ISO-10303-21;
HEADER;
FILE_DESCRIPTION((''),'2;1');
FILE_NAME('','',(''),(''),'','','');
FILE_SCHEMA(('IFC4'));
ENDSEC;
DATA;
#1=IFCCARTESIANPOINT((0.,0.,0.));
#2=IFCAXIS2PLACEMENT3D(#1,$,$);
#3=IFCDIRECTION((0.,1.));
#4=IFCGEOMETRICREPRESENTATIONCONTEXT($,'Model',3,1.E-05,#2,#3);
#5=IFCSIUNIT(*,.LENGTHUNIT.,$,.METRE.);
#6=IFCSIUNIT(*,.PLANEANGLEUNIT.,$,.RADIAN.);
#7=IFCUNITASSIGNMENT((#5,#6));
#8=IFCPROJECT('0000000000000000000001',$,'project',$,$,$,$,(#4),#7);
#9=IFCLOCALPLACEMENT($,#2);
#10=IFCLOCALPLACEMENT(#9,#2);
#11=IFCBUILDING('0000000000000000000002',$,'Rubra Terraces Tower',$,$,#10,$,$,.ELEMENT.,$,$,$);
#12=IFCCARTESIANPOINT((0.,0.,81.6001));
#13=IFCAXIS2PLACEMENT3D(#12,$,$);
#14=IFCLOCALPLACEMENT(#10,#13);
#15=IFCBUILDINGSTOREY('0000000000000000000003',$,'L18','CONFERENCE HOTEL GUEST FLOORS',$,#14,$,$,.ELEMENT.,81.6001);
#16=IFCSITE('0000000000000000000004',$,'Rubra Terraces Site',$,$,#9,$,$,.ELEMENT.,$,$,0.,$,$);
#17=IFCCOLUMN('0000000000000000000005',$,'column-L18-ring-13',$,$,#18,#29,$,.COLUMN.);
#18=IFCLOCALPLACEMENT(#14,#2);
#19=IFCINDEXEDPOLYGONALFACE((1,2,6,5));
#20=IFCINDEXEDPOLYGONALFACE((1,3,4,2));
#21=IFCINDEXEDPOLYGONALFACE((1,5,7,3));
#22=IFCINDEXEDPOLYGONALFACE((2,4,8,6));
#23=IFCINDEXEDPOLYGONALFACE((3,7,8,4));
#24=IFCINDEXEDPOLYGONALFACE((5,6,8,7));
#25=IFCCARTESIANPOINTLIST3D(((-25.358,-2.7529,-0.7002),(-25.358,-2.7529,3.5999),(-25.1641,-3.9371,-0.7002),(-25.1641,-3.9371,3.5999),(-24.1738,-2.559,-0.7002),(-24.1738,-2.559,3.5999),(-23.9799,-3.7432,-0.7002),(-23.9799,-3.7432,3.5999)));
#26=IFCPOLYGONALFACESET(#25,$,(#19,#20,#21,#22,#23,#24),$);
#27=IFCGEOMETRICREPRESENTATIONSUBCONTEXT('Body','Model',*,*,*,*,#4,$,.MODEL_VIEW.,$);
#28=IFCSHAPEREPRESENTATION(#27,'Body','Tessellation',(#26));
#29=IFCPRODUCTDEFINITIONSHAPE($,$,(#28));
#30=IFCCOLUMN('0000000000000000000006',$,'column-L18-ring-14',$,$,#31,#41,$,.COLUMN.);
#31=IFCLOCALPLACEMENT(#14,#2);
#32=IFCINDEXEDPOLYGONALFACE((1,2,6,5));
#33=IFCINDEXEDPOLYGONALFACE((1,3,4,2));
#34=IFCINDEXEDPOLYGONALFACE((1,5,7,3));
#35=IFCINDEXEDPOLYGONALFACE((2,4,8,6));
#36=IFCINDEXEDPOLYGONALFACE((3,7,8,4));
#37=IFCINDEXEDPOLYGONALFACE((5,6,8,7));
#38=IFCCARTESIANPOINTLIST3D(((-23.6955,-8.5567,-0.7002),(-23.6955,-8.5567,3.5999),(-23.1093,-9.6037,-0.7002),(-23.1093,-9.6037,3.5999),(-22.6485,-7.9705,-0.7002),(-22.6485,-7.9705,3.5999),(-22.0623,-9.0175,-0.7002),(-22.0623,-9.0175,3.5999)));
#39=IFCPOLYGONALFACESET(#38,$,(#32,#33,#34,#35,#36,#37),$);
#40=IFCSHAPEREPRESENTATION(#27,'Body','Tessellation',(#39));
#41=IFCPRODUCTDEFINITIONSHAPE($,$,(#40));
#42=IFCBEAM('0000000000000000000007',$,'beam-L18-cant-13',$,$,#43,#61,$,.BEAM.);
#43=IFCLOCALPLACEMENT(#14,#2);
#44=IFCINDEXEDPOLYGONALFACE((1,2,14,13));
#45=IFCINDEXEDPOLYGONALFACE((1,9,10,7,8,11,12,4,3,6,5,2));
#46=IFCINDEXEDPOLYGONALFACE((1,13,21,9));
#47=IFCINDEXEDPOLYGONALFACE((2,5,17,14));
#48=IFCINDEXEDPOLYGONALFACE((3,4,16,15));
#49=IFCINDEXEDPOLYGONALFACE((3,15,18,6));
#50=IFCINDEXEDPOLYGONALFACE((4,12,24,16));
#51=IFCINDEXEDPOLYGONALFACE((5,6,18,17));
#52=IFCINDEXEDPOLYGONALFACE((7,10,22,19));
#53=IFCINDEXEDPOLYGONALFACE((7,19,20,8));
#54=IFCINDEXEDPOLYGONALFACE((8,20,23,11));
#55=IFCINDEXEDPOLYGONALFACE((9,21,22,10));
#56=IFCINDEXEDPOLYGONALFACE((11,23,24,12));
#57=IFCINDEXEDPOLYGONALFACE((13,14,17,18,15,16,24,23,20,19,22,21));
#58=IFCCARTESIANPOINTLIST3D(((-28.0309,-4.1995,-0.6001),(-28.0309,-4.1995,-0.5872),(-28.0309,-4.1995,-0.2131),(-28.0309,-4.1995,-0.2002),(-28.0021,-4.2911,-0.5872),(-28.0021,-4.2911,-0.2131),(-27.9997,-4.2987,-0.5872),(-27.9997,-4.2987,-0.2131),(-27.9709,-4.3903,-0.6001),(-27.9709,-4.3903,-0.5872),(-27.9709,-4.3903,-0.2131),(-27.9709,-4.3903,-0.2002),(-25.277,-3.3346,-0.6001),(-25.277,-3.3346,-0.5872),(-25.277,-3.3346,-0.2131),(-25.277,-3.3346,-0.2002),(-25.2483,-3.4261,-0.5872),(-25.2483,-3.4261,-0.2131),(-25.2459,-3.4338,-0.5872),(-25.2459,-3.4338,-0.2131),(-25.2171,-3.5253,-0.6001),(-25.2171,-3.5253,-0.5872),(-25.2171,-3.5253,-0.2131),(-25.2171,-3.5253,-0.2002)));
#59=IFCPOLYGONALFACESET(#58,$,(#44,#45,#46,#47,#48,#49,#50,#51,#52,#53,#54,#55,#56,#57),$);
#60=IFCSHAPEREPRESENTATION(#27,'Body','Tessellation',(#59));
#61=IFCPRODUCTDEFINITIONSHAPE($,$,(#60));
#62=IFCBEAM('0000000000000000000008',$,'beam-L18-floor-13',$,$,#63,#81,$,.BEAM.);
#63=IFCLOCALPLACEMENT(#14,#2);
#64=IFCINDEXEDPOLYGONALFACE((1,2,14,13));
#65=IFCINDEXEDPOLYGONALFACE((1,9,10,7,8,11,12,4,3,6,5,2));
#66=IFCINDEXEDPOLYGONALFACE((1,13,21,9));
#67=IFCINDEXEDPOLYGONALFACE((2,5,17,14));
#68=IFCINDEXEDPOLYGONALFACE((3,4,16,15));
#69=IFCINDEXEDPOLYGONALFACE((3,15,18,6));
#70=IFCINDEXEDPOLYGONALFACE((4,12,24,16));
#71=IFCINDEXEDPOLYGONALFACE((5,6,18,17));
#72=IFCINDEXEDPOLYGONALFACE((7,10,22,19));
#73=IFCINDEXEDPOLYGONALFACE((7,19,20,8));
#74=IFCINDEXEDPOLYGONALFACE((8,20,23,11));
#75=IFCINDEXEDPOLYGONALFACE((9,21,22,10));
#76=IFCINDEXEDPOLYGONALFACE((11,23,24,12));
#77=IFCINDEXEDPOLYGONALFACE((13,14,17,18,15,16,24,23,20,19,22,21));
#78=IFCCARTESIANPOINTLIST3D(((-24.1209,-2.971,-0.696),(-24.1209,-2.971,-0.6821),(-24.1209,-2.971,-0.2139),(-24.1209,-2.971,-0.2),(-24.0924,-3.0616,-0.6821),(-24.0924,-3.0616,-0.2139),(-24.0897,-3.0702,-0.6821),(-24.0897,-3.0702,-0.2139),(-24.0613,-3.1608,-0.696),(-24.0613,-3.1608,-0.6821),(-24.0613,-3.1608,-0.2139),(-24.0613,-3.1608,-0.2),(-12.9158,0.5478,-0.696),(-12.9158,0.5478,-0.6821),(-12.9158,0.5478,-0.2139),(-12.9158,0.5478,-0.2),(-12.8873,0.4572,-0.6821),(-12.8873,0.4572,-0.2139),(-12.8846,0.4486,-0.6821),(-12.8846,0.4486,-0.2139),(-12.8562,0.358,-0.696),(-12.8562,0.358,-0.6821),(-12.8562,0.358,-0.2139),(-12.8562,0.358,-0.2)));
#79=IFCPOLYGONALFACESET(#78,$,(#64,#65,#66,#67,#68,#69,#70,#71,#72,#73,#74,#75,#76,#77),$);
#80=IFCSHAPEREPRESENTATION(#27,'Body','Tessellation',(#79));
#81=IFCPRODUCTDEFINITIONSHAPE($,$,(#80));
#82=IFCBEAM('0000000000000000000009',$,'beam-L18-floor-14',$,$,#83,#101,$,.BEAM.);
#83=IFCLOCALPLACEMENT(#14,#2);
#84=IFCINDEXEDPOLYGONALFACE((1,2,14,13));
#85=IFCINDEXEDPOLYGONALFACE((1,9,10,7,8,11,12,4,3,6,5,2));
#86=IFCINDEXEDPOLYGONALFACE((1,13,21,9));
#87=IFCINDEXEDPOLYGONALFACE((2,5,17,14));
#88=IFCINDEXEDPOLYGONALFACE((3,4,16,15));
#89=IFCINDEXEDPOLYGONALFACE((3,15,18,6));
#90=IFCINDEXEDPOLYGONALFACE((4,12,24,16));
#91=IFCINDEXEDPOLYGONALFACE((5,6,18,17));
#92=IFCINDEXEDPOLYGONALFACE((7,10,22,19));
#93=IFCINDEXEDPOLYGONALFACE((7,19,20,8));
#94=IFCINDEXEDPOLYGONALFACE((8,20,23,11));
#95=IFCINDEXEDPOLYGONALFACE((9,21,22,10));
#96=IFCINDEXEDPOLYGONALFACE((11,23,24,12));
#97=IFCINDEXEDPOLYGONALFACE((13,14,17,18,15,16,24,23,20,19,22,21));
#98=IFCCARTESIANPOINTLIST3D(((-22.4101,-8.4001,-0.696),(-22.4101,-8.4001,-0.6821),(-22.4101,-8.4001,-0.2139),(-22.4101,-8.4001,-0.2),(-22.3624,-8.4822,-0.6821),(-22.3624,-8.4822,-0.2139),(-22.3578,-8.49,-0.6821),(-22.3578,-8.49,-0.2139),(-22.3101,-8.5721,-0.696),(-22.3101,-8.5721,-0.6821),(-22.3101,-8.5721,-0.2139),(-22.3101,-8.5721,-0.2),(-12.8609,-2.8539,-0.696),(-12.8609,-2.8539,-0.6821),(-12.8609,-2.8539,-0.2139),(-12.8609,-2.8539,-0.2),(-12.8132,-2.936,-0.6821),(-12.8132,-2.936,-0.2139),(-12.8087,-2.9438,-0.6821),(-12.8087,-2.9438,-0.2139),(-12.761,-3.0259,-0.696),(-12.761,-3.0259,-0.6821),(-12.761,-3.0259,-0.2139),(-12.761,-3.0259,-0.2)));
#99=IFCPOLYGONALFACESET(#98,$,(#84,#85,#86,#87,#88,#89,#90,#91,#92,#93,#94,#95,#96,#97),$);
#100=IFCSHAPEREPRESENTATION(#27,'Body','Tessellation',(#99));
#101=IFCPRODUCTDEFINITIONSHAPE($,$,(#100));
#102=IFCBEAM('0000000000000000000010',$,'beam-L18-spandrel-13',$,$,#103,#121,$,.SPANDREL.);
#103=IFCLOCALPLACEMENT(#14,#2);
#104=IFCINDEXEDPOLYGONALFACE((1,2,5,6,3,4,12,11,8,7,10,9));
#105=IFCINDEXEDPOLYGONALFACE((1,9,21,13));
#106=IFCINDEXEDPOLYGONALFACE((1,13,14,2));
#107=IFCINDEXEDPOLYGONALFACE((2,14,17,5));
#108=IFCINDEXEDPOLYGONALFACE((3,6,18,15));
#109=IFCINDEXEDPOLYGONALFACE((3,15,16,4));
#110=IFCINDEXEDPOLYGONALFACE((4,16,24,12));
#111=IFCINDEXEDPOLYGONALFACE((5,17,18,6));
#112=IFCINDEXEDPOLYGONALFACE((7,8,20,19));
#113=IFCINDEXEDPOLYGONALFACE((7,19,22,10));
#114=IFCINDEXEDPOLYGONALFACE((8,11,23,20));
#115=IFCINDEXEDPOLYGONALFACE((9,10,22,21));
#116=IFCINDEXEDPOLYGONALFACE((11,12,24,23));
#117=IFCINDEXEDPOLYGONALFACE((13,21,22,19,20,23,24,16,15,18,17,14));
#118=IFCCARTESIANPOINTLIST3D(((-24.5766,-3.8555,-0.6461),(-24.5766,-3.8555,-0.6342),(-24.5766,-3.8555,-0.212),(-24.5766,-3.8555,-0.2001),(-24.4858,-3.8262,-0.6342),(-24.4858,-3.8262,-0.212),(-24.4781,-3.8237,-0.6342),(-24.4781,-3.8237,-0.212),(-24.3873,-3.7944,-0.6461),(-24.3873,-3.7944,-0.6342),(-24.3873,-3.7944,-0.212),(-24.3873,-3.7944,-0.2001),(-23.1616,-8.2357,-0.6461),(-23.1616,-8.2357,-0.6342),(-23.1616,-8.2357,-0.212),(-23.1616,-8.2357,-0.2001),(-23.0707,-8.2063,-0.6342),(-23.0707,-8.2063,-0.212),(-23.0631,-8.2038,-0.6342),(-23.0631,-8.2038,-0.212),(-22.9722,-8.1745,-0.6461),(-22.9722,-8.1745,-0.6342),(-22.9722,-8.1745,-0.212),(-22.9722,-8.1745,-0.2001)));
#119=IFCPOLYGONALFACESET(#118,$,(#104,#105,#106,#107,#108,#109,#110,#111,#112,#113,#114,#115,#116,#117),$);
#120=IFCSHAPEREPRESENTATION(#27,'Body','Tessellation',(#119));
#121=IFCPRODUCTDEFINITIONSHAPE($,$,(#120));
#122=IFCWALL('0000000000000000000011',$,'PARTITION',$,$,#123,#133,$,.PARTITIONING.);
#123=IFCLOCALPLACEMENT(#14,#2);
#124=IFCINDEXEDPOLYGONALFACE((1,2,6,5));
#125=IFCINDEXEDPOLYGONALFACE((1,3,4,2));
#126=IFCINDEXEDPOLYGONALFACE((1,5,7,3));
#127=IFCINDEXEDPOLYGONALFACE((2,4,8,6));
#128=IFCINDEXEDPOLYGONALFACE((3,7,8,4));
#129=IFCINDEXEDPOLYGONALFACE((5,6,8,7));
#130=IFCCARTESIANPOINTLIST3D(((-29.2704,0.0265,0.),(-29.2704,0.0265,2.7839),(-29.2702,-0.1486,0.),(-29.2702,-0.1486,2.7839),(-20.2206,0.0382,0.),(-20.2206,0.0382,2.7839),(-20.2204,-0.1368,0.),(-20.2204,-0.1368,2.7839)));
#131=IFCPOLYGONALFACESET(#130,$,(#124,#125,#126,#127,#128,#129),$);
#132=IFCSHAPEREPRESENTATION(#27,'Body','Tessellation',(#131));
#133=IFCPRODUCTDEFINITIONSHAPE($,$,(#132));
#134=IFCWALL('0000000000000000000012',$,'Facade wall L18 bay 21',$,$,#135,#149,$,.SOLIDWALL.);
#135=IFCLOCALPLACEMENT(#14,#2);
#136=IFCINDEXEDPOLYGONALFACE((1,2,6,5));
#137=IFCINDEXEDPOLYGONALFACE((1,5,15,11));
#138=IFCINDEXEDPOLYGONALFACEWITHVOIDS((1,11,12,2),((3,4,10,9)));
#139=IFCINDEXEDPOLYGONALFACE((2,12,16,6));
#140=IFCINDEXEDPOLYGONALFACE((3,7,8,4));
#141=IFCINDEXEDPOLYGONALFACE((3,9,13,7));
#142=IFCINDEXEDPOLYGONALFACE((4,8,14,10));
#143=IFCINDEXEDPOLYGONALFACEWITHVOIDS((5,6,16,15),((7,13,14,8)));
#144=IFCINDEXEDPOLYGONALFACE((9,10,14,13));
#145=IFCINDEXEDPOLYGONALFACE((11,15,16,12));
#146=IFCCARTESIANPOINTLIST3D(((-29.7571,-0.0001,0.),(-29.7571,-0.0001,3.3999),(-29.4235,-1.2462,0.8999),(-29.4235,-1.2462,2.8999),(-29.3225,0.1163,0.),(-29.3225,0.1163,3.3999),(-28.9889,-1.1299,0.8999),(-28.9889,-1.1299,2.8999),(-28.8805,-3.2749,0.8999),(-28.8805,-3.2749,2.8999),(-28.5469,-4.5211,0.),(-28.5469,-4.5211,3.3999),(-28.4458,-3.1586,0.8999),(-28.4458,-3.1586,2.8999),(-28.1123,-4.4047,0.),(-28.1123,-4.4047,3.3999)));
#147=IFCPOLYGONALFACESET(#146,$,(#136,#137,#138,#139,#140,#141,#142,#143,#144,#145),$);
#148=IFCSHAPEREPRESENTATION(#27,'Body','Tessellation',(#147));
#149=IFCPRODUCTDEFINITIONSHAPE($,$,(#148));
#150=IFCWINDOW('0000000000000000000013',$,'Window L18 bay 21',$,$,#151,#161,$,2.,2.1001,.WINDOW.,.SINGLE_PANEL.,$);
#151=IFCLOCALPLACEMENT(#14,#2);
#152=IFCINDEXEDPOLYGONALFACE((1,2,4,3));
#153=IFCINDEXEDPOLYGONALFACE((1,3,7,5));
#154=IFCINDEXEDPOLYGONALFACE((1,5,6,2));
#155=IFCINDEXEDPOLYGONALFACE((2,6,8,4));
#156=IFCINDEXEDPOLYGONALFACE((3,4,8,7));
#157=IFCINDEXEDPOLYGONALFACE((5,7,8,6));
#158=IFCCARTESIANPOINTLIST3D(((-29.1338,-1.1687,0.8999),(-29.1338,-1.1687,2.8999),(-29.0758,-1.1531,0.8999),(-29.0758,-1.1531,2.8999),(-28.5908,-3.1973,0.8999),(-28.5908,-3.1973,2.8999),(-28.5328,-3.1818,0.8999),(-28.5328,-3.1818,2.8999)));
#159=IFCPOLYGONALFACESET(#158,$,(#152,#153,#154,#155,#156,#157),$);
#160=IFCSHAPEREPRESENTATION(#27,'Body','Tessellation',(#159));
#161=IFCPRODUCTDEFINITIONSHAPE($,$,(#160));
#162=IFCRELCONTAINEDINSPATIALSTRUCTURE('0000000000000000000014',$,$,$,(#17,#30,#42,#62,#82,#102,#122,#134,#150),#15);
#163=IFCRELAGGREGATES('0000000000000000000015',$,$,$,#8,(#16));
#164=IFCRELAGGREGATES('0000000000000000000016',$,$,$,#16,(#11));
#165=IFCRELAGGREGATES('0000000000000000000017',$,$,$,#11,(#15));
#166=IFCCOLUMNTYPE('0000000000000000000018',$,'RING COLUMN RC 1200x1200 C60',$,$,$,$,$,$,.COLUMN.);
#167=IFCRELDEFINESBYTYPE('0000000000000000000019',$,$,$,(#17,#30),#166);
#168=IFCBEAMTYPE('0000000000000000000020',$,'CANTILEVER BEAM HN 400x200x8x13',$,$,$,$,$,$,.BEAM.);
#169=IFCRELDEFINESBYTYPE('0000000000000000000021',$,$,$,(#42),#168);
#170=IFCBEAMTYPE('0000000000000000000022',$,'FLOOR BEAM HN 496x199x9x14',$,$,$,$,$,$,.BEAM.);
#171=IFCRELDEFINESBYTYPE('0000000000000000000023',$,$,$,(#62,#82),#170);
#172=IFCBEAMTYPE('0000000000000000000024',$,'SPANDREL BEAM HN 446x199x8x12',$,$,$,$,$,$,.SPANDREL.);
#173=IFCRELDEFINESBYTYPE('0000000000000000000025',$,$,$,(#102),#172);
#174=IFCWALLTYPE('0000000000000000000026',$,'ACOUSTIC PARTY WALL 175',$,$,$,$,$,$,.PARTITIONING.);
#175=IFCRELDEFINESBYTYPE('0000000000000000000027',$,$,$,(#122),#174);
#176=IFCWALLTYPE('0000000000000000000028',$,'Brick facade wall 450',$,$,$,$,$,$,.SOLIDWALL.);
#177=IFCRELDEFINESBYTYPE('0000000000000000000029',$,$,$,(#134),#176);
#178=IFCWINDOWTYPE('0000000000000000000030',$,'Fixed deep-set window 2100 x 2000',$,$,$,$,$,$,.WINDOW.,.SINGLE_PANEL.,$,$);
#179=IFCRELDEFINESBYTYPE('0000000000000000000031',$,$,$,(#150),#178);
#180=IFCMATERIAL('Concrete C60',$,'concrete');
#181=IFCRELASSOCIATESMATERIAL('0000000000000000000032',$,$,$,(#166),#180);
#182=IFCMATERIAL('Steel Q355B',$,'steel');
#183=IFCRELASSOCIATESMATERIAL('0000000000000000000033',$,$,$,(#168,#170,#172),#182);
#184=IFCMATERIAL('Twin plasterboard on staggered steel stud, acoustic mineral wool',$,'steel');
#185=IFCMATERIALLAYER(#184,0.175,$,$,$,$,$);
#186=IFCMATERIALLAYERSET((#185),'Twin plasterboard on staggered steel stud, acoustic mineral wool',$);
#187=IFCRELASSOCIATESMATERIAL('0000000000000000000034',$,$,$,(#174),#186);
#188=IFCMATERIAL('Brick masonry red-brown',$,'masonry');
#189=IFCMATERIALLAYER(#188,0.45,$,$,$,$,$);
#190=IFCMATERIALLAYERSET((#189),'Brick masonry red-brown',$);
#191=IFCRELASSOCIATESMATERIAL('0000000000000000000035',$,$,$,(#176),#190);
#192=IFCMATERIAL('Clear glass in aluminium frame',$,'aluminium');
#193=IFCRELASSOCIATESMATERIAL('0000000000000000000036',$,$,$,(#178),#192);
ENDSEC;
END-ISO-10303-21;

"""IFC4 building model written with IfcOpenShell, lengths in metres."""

from ifc_helpers import new_model, si_unit, direction, frame, frame_2d, origin, origin_2d, place, context, subcontext, project, spatial, rectangle, i_section, extrude, material, layer, layer_set, material_profile, profile_set, type_object, element, fill, save


model = new_model("IFC4")

# Units and contexts
model_context = context("Model", 3, precision=1e-05, world=origin(), true_north=direction((0.0, 1.0)))
body_context = subcontext(model_context, "Body", "Model", "MODEL_VIEW")
ifc_project = project(units=[si_unit("LENGTHUNIT", "METRE"), si_unit("PLANEANGLEUNIT", "RADIAN")], contexts=[model_context])

# Site, building, storey
site_placement = place(None, origin())
site = spatial("IfcSite", under=ifc_project, at=site_placement, Name="Rubra Terraces Site", CompositionType="ELEMENT", RefElevation=0.0)
building_placement = place(site_placement, origin())
building = spatial("IfcBuilding", under=site, at=building_placement, Name="Rubra Terraces Tower", CompositionType="ELEMENT")
storey_placement = place(building_placement, frame((0.0, 0.0, 81.6001)))
storey = spatial("IfcBuildingStorey", under=building, at=storey_placement, Name="L18", Description="CONFERENCE HOTEL GUEST FLOORS", CompositionType="ELEMENT", Elevation=81.6001)

# Columns
ifc_material_1 = material(Name="Concrete C60", Category="concrete")
ifc_material_profile_1 = material_profile(ifc_material_1, rectangle(XDim=1.2, YDim=1.2, at=origin_2d()), Name="RC 1200x1200")
ifc_profile_set_1 = profile_set([ifc_material_profile_1], Name="Concrete C60")
column_type = type_object("IfcColumnType", Name="RING COLUMN RC 1200x1200 C60", PredefinedType="COLUMN", material=ifc_profile_set_1)
for number, where, z_axis, x_axis, name in (
    (1, (-24.6689, -3.248, -0.7002), (0.0, 0.0, 1.0), (0.161559, -0.986863, 0.0), "column-L18-ring-13"),
    (2, (-22.8789, -8.7871, -0.7002), (0.0, 0.0, 1.0), (0.488526, -0.872549, 0.0), "column-L18-ring-14"),
):
    element("IfcColumn", number, at=place(storey_placement, frame(where, z_axis=z_axis, x_axis=x_axis)), inside=storey, type_object=column_type, Name=name, PredefinedType="COLUMN", context=body_context, shape_type="SweptSolid", body=[
        extrude(rectangle(XDim=1.2, YDim=1.2, at=origin_2d()), origin(), (0.0, 0.0, 1.0), 4.3),
    ])

# Beams
ifc_material_2 = material(Name="Steel Q355B", Category="steel")
ifc_material_profile_2 = material_profile(ifc_material_2, i_section(OverallWidth=0.2, OverallDepth=0.3999, WebThickness=0.0081, FlangeThickness=0.0129, at=origin_2d()), Name="HN 400x200x8x13")
ifc_profile_set_2 = profile_set([ifc_material_profile_2], Name="Steel Q355B")
beam_type_1 = type_object("IfcBeamType", Name="CANTILEVER BEAM HN 400x200x8x13", PredefinedType="BEAM", material=ifc_profile_set_2)
beam_1_placement = place(storey_placement, frame((-25.2471, -3.4299, -0.4001), z_axis=(-0.954046, -0.299662, 0.0), x_axis=(0.299662, -0.954046, 0.0)))
element("IfcBeam", 3, at=beam_1_placement, inside=storey, type_object=beam_type_1, Name="beam-L18-cant-13", PredefinedType="BEAM", context=body_context, shape_type="SweptSolid", body=[
    extrude(i_section(OverallWidth=0.2, OverallDepth=0.3999, WebThickness=0.0081, FlangeThickness=0.0129, at=origin_2d()), origin(), (0.0, 0.0, 1.0), 2.8865),
])
ifc_material_profile_3 = material_profile(ifc_material_2, i_section(OverallWidth=0.199, OverallDepth=0.4961, WebThickness=0.009, FlangeThickness=0.0139, at=origin_2d()), Name="HN 496x199x9x14")
ifc_profile_set_3 = profile_set([ifc_material_profile_3], Name="Steel Q355B")
beam_type_2 = type_object("IfcBeamType", Name="FLOOR BEAM HN 496x199x9x14", PredefinedType="BEAM", material=ifc_profile_set_3)
beam_2_placement = place(storey_placement, frame((-24.0911, -3.0659, -0.448), z_axis=(0.954062, 0.29961, 0.0), x_axis=(-0.29961, 0.954062, 0.0)))
element("IfcBeam", 4, at=beam_2_placement, inside=storey, type_object=beam_type_2, Name="beam-L18-floor-13", PredefinedType="BEAM", context=body_context, shape_type="SweptSolid", body=[
    extrude(i_section(OverallWidth=0.199, OverallDepth=0.4961, WebThickness=0.009, FlangeThickness=0.0139, at=origin_2d()), origin(), (0.0, 0.0, 1.0), 11.7446),
])
beam_3_placement = place(storey_placement, frame((-22.3601, -8.4861, -0.448), z_axis=(0.864729, 0.502238, 0.0), x_axis=(-0.502238, 0.864729, 0.0)))
element("IfcBeam", 5, at=beam_3_placement, inside=storey, type_object=beam_type_2, Name="beam-L18-floor-14", PredefinedType="BEAM", context=body_context, shape_type="SweptSolid", body=[
    extrude(i_section(OverallWidth=0.199, OverallDepth=0.4961, WebThickness=0.009, FlangeThickness=0.0139, at=origin_2d()), origin(), (0.0, 0.0, 1.0), 11.043),
])
ifc_material_profile_4 = material_profile(ifc_material_2, i_section(OverallWidth=0.199, OverallDepth=0.446, WebThickness=0.0081, FlangeThickness=0.012, at=origin_2d()), Name="HN 446x199x8x12")
ifc_profile_set_4 = profile_set([ifc_material_profile_4], Name="Steel Q355B")
beam_type_3 = type_object("IfcBeamType", Name="SPANDREL BEAM HN 446x199x8x12", PredefinedType="SPANDREL", material=ifc_profile_set_4)
beam_4_placement = place(storey_placement, frame((-24.4819, -3.825, -0.4231), z_axis=(0.307415, -0.951576, 0.0), x_axis=(0.951576, 0.307415, 0.0)))
element("IfcBeam", 6, at=beam_4_placement, inside=storey, type_object=beam_type_3, Name="beam-L18-spandrel-13", PredefinedType="SPANDREL", context=body_context, shape_type="SweptSolid", body=[
    extrude(i_section(OverallWidth=0.199, OverallDepth=0.446, WebThickness=0.0081, FlangeThickness=0.012, at=origin_2d()), origin(), (0.0, 0.0, 1.0), 4.603),
])

# Wall
ifc_material_3 = material(Name="Twin plasterboard on staggered steel stud, acoustic mineral wool", Category="steel")
ifc_layer_1 = layer(ifc_material_3, 0.175)
ifc_layer_set_1 = layer_set([ifc_layer_1], Name="Twin plasterboard on staggered steel stud, acoustic mineral wool")
wall_type_1 = type_object("IfcWallType", Name="ACOUSTIC PARTY WALL 175", PredefinedType="PARTITIONING", material=ifc_layer_set_1)
wall_1_placement = place(storey_placement, frame((-29.2703, -0.061, 0.0), z_axis=(0.0, 0.0, 1.0), x_axis=(0.999999, 0.001295, 0.0)))
element("IfcWall", 7, at=wall_1_placement, inside=storey, type_object=wall_type_1, Name="PARTITION", PredefinedType="PARTITIONING", context=body_context, shape_type="SweptSolid", body=[
    extrude(rectangle(XDim=9.0498, YDim=0.175, at=frame_2d((4.5249, 0.0))), origin(), (0.0, 0.0, 1.0), 2.7839),
])

# Wall, opening, window
ifc_material_4 = material(Name="Brick masonry red-brown", Category="masonry")
ifc_layer_2 = layer(ifc_material_4, 0.45)
ifc_layer_set_2 = layer_set([ifc_layer_2], Name="Brick masonry red-brown")
wall_type_2 = type_object("IfcWallType", Name="Brick facade wall 450", PredefinedType="SOLIDWALL", material=ifc_layer_set_2)
wall_2_placement = place(storey_placement, frame((-29.5398, 0.0581, 0.0), z_axis=(0.0, 0.0, 1.0), x_axis=(0.258581, -0.965989, 0.0)))
wall_2 = element("IfcWall", 8, at=wall_2_placement, inside=storey, type_object=wall_type_2, Name="Facade wall L18 bay 21", PredefinedType="SOLIDWALL", context=body_context, shape_type="SweptSolid", body=[
    extrude(rectangle(XDim=4.6802, YDim=0.45, at=frame_2d((2.3401, 0.0))), origin(), (0.0, 0.0, 1.0), 3.3999),
])
opening_1_placement = place(wall_2_placement, frame((1.29, 0.0, 0.8999)))
opening_1 = element("IfcOpeningElement", 9, at=opening_1_placement, cuts=wall_2, PredefinedType="OPENING", context=body_context, shape_type="SweptSolid", body=[
    extrude(rectangle(XDim=2.1001, YDim=2.0, at=frame_2d((1.05, 1.0))), frame((0.0, 0.2349, 0.0), z_axis=(0.0, -1.0, 0.0), x_axis=(1.0, 0.0, 0.0)), (0.0, 0.0, 1.0), 0.47),
])
ifc_material_5 = material(Name="Clear glass in aluminium frame", Category="aluminium")
window_type_1 = type_object("IfcWindowType", Name="Fixed deep-set window 2100 x 2000", PartitioningType="SINGLE_PANEL", PredefinedType="WINDOW", material=ifc_material_5)
window_1_placement = place(opening_1_placement, origin())
window_1 = element("IfcWindow", 10, at=window_1_placement, inside=storey, type_object=window_type_1, Name="Window L18 bay 21", OverallHeight=2.0, OverallWidth=2.1001, PartitioningType="SINGLE_PANEL", PredefinedType="WINDOW", context=body_context, shape_type="SweptSolid", body=[
    extrude(rectangle(XDim=2.1001, YDim=2.0, at=frame_2d((1.05, 1.0))), frame((0.0, 0.135, 0.0), z_axis=(0.0, -1.0, 0.0), x_axis=(1.0, 0.0, 0.0)), (0.0, 0.0, 1.0), 0.0601),
])
fill(opening_1, window_1)

save(model, "model.ifc")
